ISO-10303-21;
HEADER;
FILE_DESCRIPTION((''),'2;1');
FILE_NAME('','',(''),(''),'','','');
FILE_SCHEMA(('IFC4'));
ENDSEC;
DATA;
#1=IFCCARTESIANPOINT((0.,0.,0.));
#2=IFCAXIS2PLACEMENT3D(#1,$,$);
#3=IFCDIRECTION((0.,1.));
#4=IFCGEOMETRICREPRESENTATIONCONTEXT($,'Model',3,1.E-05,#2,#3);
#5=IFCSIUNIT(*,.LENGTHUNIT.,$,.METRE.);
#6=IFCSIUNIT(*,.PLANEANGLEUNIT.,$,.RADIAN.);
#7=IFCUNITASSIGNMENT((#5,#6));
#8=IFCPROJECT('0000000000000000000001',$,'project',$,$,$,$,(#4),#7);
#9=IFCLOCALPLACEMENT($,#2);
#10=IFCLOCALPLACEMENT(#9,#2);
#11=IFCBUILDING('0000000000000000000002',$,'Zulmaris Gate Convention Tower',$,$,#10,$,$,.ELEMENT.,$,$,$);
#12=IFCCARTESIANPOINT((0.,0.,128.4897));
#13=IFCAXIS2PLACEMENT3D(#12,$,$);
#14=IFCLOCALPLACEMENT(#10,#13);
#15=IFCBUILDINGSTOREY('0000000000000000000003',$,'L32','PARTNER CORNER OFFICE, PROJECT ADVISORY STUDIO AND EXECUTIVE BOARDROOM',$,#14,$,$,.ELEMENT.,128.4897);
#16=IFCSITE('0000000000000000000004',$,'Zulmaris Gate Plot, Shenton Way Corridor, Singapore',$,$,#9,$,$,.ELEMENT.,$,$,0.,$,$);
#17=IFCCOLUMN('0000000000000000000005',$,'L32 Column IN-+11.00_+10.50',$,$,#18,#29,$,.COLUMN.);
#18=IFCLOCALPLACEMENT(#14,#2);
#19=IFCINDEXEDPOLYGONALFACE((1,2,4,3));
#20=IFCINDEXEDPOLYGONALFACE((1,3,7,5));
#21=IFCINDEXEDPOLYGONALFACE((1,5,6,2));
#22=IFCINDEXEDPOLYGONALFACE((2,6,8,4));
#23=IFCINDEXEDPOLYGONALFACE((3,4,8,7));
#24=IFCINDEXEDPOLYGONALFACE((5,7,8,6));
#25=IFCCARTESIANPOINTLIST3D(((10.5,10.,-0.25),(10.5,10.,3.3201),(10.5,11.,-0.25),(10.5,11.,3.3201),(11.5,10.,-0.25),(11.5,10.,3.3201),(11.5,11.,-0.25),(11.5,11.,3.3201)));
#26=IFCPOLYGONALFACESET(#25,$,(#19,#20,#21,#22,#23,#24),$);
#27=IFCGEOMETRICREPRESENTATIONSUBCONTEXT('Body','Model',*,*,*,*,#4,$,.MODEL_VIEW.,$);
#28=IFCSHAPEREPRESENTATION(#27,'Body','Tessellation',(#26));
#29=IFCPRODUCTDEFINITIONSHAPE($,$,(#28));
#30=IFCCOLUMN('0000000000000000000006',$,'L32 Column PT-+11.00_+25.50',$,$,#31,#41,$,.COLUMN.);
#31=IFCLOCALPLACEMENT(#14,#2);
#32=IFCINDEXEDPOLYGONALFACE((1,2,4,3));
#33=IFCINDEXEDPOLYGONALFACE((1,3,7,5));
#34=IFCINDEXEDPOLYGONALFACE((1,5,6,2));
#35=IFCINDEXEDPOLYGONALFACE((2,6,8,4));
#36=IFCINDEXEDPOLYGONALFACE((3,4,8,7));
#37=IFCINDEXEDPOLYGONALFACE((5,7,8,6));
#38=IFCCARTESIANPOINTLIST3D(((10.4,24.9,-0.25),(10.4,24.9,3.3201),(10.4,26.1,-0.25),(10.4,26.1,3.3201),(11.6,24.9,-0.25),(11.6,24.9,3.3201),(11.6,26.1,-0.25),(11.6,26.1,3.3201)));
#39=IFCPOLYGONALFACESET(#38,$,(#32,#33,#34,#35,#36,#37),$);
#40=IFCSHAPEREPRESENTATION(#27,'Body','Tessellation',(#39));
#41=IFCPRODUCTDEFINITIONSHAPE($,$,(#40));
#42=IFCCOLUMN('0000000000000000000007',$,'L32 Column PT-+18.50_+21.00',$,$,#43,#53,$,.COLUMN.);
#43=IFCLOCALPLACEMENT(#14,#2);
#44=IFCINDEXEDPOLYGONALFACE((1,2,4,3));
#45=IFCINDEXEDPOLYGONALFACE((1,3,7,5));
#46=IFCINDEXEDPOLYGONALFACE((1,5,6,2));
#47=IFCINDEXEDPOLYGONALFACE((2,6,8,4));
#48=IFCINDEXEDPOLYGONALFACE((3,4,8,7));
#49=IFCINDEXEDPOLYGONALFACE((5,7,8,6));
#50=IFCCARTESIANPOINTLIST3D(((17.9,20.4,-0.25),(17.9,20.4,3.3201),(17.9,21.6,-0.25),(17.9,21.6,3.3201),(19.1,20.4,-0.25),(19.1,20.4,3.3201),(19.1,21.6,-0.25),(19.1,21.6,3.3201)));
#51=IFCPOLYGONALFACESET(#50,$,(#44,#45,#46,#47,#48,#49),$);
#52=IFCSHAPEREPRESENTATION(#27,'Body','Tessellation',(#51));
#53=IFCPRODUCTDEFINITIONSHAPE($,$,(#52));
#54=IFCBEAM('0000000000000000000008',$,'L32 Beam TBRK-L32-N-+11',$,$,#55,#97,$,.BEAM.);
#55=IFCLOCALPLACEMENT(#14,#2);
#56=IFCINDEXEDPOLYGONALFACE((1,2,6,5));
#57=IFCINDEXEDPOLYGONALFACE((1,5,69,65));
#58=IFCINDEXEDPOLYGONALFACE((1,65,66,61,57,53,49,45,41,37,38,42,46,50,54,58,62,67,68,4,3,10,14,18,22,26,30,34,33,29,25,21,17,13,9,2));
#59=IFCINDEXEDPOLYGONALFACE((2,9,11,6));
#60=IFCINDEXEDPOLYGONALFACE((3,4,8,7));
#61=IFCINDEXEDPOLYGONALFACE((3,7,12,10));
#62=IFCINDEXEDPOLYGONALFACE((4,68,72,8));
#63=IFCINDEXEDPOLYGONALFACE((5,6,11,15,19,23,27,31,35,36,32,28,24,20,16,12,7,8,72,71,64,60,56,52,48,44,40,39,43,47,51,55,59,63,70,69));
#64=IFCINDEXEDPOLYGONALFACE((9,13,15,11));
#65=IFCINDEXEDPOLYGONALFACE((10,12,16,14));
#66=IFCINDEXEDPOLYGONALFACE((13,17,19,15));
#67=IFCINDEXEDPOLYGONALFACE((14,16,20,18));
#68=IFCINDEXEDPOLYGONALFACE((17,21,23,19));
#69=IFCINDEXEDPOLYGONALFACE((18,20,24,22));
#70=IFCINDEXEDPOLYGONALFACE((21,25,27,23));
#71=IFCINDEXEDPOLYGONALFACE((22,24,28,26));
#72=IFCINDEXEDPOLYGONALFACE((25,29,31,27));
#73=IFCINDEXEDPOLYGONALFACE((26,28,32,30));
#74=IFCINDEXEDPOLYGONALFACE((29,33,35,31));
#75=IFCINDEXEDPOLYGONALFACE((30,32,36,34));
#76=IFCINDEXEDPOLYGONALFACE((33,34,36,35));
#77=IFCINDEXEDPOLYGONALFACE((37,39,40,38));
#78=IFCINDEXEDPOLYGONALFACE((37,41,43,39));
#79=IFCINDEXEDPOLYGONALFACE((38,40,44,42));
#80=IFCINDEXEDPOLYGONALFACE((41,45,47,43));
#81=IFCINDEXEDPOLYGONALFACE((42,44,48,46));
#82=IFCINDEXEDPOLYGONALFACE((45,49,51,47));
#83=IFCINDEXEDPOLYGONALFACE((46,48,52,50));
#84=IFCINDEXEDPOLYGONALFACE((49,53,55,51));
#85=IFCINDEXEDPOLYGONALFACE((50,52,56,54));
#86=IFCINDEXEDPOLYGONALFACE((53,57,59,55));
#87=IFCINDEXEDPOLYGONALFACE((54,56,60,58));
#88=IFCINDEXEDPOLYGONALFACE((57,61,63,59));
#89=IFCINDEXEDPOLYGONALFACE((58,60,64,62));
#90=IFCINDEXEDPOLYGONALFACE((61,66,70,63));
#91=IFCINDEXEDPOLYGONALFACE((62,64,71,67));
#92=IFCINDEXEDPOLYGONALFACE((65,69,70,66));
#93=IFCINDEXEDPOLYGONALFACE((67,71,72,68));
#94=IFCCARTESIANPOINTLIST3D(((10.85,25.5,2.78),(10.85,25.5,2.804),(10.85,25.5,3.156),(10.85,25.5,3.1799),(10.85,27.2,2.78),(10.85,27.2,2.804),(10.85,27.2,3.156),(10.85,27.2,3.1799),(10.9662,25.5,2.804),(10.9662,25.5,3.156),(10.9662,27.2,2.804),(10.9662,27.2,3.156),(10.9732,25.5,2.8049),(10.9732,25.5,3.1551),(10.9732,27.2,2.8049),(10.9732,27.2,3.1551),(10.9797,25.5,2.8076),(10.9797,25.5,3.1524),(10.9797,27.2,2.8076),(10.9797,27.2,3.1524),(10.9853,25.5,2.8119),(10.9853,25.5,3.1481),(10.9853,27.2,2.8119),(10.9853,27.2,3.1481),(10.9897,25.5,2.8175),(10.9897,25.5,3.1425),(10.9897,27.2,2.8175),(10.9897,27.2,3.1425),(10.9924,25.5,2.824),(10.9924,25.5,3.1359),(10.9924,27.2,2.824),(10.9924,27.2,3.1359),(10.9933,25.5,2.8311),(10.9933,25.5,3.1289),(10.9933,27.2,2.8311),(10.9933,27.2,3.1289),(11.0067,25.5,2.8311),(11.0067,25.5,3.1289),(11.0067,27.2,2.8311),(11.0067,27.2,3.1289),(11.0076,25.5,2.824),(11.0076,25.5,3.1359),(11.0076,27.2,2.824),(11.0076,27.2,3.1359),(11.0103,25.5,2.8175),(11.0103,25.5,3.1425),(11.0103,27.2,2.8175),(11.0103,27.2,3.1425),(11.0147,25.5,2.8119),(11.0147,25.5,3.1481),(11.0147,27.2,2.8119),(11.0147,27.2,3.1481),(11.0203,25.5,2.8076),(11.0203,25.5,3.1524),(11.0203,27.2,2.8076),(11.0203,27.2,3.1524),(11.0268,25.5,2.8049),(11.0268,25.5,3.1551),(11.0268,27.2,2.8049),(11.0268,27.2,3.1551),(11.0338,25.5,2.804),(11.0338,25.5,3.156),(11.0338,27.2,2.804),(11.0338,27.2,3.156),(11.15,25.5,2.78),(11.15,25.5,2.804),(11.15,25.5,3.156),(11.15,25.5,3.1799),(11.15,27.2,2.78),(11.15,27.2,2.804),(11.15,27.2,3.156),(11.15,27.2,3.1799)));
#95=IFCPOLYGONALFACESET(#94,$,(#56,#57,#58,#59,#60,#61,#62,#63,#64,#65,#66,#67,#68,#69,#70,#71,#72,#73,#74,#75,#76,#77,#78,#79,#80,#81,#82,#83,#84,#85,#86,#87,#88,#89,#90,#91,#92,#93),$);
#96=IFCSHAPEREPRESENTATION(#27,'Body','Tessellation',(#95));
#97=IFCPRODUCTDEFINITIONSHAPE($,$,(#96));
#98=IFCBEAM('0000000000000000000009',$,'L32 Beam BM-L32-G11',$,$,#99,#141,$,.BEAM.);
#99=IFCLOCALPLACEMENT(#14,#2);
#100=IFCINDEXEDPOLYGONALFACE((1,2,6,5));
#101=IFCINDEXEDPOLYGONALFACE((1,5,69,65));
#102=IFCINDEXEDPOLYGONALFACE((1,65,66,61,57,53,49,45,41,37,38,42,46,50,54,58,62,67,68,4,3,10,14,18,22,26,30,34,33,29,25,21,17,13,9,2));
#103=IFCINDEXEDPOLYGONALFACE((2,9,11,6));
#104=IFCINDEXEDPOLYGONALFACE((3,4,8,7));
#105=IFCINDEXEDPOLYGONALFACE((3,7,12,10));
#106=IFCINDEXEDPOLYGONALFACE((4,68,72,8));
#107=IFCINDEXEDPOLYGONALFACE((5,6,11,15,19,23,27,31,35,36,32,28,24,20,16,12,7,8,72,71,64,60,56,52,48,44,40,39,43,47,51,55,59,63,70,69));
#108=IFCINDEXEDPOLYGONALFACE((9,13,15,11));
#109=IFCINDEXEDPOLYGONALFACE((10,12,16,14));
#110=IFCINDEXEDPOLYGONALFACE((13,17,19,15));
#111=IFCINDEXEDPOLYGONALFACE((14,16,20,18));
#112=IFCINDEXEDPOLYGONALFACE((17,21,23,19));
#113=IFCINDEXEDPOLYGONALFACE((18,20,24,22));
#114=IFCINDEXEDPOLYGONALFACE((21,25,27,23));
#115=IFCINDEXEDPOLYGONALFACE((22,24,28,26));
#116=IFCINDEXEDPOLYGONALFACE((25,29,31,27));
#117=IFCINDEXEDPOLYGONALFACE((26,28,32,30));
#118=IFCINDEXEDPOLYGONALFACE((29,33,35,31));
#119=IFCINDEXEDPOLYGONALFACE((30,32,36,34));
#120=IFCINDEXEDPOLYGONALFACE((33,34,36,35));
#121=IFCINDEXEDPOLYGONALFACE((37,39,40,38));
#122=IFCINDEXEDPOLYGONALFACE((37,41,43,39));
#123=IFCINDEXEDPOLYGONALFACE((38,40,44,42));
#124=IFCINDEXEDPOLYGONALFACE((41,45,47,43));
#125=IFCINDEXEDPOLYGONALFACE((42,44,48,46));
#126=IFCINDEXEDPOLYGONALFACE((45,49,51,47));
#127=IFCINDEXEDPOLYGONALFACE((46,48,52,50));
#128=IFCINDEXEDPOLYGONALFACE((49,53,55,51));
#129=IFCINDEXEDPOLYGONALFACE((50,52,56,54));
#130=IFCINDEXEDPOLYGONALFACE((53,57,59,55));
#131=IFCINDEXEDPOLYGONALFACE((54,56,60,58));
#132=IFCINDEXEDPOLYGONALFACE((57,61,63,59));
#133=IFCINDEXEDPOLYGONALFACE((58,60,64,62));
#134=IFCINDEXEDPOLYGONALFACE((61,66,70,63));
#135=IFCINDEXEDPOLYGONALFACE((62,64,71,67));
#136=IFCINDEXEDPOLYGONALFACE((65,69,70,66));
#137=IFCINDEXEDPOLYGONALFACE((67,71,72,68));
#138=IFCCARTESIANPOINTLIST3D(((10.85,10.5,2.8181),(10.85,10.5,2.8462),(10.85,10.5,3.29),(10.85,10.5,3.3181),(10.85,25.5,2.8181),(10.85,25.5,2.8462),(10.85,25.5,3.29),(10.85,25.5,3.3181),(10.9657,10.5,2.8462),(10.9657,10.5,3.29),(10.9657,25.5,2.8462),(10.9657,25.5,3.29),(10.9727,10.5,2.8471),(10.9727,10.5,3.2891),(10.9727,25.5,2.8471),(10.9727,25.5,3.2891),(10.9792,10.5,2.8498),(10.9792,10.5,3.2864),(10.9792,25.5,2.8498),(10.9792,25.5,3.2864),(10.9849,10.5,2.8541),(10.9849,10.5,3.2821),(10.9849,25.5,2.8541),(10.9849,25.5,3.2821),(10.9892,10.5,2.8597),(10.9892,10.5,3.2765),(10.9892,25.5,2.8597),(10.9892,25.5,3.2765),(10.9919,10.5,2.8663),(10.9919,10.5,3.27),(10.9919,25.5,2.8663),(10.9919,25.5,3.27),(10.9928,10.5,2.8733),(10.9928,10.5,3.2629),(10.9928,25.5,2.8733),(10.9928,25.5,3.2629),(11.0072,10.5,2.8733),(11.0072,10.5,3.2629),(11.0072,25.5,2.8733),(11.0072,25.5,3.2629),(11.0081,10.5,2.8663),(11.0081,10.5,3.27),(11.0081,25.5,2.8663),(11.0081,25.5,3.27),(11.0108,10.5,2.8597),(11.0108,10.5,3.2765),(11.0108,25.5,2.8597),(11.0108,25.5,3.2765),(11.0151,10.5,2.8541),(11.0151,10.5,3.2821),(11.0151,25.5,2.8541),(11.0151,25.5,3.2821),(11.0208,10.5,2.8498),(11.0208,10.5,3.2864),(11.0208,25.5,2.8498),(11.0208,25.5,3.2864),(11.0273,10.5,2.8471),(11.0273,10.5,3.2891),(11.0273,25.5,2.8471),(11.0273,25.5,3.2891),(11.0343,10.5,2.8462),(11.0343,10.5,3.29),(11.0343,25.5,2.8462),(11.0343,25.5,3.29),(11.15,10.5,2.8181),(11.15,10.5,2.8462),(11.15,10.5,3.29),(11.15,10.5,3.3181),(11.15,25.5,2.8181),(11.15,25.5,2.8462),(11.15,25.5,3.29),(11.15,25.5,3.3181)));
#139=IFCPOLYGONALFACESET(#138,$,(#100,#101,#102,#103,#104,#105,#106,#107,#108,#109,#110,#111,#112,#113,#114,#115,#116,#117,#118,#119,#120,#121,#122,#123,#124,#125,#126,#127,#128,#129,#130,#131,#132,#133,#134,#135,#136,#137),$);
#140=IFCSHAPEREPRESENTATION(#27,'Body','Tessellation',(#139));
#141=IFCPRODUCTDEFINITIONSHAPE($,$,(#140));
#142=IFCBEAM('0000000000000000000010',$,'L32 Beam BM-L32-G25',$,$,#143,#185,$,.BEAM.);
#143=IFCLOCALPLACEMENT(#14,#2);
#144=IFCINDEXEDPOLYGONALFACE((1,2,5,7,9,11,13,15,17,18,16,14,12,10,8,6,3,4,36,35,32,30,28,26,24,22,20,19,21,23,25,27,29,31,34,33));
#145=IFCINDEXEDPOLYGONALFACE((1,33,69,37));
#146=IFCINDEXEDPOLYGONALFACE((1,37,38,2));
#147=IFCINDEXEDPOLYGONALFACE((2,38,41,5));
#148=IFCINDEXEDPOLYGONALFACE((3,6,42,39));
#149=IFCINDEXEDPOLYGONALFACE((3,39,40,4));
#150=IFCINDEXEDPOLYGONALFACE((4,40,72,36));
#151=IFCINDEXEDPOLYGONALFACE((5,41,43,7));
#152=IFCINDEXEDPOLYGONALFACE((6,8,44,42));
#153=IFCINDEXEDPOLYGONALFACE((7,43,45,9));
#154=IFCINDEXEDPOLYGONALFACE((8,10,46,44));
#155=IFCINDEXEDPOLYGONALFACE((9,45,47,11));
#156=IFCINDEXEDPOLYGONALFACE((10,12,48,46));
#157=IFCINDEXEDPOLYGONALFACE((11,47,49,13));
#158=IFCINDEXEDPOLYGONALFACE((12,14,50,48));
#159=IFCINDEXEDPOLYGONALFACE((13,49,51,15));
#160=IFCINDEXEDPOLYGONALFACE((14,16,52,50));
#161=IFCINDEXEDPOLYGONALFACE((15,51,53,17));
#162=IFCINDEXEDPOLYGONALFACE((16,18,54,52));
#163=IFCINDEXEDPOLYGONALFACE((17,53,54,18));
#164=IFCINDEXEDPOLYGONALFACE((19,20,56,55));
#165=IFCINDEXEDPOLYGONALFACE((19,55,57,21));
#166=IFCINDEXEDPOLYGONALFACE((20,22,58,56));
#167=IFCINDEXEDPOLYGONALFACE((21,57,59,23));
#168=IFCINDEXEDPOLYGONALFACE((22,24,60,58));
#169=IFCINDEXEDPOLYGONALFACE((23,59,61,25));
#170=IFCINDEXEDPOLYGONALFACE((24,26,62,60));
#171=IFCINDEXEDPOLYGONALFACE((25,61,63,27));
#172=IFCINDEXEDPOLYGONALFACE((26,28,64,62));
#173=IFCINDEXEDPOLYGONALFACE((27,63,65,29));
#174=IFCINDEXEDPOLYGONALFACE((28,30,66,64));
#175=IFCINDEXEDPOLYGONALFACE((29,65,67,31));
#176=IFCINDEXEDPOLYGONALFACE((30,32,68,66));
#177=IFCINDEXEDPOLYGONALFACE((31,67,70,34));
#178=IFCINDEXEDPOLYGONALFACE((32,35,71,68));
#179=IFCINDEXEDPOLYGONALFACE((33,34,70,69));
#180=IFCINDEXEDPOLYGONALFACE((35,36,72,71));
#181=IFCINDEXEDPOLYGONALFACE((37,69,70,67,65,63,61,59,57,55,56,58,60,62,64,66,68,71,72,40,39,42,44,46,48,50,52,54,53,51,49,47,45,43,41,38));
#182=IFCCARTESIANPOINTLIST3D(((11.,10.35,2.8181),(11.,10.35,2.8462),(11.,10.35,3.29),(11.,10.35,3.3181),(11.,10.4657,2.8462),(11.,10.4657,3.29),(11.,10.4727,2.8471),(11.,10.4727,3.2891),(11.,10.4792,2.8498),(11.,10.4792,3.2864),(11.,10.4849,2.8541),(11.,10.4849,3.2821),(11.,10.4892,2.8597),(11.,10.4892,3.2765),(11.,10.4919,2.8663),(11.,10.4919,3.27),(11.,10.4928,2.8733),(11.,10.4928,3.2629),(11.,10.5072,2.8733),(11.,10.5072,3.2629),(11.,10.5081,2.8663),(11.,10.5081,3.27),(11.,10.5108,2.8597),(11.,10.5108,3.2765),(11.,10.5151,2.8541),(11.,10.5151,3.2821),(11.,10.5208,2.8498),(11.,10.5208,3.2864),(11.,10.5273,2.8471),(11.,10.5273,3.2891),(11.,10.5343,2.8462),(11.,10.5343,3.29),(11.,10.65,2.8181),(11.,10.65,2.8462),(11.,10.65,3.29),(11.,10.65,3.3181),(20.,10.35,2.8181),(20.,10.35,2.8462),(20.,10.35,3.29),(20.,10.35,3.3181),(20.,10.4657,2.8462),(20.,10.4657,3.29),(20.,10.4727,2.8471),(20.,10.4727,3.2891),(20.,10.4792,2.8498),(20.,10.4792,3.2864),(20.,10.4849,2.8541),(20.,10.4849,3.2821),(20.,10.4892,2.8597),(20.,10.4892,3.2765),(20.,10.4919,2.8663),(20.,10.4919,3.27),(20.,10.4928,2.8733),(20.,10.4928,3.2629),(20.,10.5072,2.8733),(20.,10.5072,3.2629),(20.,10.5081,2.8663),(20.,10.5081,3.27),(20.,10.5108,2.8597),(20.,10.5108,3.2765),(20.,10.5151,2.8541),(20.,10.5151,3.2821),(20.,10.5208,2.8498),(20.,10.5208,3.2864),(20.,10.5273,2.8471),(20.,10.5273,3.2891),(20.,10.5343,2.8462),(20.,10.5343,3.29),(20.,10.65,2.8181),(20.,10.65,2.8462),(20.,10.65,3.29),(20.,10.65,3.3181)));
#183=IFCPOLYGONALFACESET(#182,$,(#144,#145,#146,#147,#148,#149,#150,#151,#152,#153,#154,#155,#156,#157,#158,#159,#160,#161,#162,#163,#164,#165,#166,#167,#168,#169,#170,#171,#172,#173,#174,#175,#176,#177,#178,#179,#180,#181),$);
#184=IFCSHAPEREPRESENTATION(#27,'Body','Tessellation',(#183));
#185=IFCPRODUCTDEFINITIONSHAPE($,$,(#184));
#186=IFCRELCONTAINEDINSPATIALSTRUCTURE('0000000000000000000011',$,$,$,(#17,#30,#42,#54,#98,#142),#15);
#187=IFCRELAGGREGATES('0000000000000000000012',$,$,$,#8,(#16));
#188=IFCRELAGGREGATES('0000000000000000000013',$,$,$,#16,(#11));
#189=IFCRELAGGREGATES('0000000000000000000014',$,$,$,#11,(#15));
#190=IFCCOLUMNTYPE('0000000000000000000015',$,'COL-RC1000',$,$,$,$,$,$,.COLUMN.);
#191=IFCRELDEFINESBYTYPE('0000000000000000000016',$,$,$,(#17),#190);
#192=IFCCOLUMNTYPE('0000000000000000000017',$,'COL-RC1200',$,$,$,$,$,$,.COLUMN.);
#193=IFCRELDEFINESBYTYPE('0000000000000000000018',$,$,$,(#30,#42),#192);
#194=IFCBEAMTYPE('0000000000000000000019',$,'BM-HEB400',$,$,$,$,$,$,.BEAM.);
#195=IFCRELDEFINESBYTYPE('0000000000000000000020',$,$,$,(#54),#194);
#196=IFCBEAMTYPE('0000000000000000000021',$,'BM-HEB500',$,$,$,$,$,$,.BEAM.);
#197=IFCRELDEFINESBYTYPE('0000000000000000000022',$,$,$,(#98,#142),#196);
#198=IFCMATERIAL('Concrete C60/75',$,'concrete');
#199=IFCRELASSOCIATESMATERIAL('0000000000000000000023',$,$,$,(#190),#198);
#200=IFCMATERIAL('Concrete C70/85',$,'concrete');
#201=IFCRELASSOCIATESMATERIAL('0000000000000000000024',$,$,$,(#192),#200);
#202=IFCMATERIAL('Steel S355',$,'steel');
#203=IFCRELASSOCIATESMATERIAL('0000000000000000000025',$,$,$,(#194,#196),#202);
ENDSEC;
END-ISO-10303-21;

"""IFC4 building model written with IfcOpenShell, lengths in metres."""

from ifc_helpers import new_model, si_unit, direction, frame, origin, origin_2d, place, context, subcontext, project, spatial, rectangle, i_section, extrude, material, material_profile, profile_set, type_object, element, save


model = new_model("IFC4")

# Units and contexts
model_context = context("Model", 3, precision=1e-05, world=origin(), true_north=direction((0.0, 1.0)))
body_context = subcontext(model_context, "Body", "Model", "MODEL_VIEW")
ifc_project = project(units=[si_unit("LENGTHUNIT", "METRE"), si_unit("PLANEANGLEUNIT", "RADIAN")], contexts=[model_context])

# Site, building, storey
site_placement = place(None, origin())
site = spatial("IfcSite", under=ifc_project, at=site_placement, Name="Zulmaris Gate Plot, Shenton Way Corridor, Singapore", CompositionType="ELEMENT", RefElevation=0.0)
building_placement = place(site_placement, origin())
building = spatial("IfcBuilding", under=site, at=building_placement, Name="Zulmaris Gate Convention Tower", CompositionType="ELEMENT")
storey_placement = place(building_placement, frame((0.0, 0.0, 128.4897)))
storey = spatial("IfcBuildingStorey", under=building, at=storey_placement, Name="L32", Description="PARTNER CORNER OFFICE, PROJECT ADVISORY STUDIO AND EXECUTIVE BOARDROOM", CompositionType="ELEMENT", Elevation=128.4897)

# Columns
ifc_material_1 = material(Name="Concrete C60/75", Category="concrete")
ifc_material_profile_1 = material_profile(ifc_material_1, rectangle(XDim=1.0, YDim=1.0, at=origin_2d()), Name="RC COL 1000x1000")
ifc_profile_set_1 = profile_set([ifc_material_profile_1], Name="Concrete C60/75")
column_type_1 = type_object("IfcColumnType", Name="COL-RC1000", PredefinedType="COLUMN", material=ifc_profile_set_1)
column_placement = place(storey_placement, frame((11.0, 10.5, -0.25), z_axis=(0.0, 0.0, 1.0), x_axis=(1.0, 0.0, 0.0)))
element("IfcColumn", 1, at=column_placement, inside=storey, type_object=column_type_1, Name="L32 Column IN-+11.00_+10.50", PredefinedType="COLUMN", context=body_context, shape_type="SweptSolid", body=[
    extrude(rectangle(XDim=1.0, YDim=1.0, at=origin_2d()), origin(), (0.0, 0.0, 1.0), 3.5701),
])
ifc_material_2 = material(Name="Concrete C70/85", Category="concrete")
ifc_material_profile_2 = material_profile(ifc_material_2, rectangle(XDim=1.2, YDim=1.2, at=origin_2d()), Name="RC COL 1200x1200")
ifc_profile_set_2 = profile_set([ifc_material_profile_2], Name="Concrete C70/85")
column_type_2 = type_object("IfcColumnType", Name="COL-RC1200", PredefinedType="COLUMN", material=ifc_profile_set_2)
for number, where, z_axis, x_axis, name in (
    (2, (11.0, 25.5, -0.25), (0.0, 0.0, 1.0), (1.0, 0.0, 0.0), "L32 Column PT-+11.00_+25.50"),
    (3, (18.5, 21.0, -0.25), (0.0, 0.0, 1.0), (1.0, 0.0, 0.0), "L32 Column PT-+18.50_+21.00"),
):
    element("IfcColumn", number, at=place(storey_placement, frame(where, z_axis=z_axis, x_axis=x_axis)), inside=storey, type_object=column_type_2, Name=name, PredefinedType="COLUMN", context=body_context, shape_type="SweptSolid", body=[
        extrude(rectangle(XDim=1.2, YDim=1.2, at=origin_2d()), origin(), (0.0, 0.0, 1.0), 3.5701),
    ])

# Beams
ifc_material_3 = material(Name="Steel S355", Category="steel")
ifc_material_profile_3 = material_profile(ifc_material_3, i_section(OverallWidth=0.3, OverallDepth=0.3999, WebThickness=0.0134, FlangeThickness=0.0239, FilletRadius=0.0271, at=origin_2d()), Name="HEB 400")
ifc_profile_set_3 = profile_set([ifc_material_profile_3], Name="Steel S355")
beam_type_1 = type_object("IfcBeamType", Name="BM-HEB400", PredefinedType="BEAM", material=ifc_profile_set_3)
beam_1_placement = place(storey_placement, frame((11.0, 25.5, 2.98), z_axis=(0.0, 1.0, 0.0), x_axis=(-1.0, 0.0, 0.0)))
element("IfcBeam", 4, at=beam_1_placement, inside=storey, type_object=beam_type_1, Name="L32 Beam TBRK-L32-N-+11", PredefinedType="BEAM", context=body_context, shape_type="SweptSolid", body=[
    extrude(i_section(OverallWidth=0.3, OverallDepth=0.3999, WebThickness=0.0134, FlangeThickness=0.0239, FilletRadius=0.0271, at=origin_2d()), origin(), (0.0, 0.0, 1.0), 1.7),
])
ifc_material_profile_4 = material_profile(ifc_material_3, i_section(OverallWidth=0.3, OverallDepth=0.5, WebThickness=0.0144, FlangeThickness=0.0281, FilletRadius=0.0271, at=origin_2d()), Name="HEB 500")
ifc_profile_set_4 = profile_set([ifc_material_profile_4], Name="Steel S355")
beam_type_2 = type_object("IfcBeamType", Name="BM-HEB500", PredefinedType="BEAM", material=ifc_profile_set_4)
beam_2_placement = place(storey_placement, frame((11.0, 10.5, 3.0681), z_axis=(0.0, 1.0, 0.0), x_axis=(-1.0, 0.0, 0.0)))
element("IfcBeam", 5, at=beam_2_placement, inside=storey, type_object=beam_type_2, Name="L32 Beam BM-L32-G11", PredefinedType="BEAM", context=body_context, shape_type="SweptSolid", body=[
    extrude(i_section(OverallWidth=0.3, OverallDepth=0.5, WebThickness=0.0144, FlangeThickness=0.0281, FilletRadius=0.0271, at=origin_2d()), origin(), (0.0, 0.0, 1.0), 15.0),
])
beam_3_placement = place(storey_placement, frame((11.0, 10.5, 3.0681), z_axis=(1.0, 0.0, 0.0), x_axis=(0.0, 1.0, 0.0)))
element("IfcBeam", 6, at=beam_3_placement, inside=storey, type_object=beam_type_2, Name="L32 Beam BM-L32-G25", PredefinedType="BEAM", context=body_context, shape_type="SweptSolid", body=[
    extrude(i_section(OverallWidth=0.3, OverallDepth=0.5, WebThickness=0.0144, FlangeThickness=0.0281, FilletRadius=0.0271, at=origin_2d()), origin(), (0.0, 0.0, 1.0), 9.0),
])

save(model, "model.ifc")
